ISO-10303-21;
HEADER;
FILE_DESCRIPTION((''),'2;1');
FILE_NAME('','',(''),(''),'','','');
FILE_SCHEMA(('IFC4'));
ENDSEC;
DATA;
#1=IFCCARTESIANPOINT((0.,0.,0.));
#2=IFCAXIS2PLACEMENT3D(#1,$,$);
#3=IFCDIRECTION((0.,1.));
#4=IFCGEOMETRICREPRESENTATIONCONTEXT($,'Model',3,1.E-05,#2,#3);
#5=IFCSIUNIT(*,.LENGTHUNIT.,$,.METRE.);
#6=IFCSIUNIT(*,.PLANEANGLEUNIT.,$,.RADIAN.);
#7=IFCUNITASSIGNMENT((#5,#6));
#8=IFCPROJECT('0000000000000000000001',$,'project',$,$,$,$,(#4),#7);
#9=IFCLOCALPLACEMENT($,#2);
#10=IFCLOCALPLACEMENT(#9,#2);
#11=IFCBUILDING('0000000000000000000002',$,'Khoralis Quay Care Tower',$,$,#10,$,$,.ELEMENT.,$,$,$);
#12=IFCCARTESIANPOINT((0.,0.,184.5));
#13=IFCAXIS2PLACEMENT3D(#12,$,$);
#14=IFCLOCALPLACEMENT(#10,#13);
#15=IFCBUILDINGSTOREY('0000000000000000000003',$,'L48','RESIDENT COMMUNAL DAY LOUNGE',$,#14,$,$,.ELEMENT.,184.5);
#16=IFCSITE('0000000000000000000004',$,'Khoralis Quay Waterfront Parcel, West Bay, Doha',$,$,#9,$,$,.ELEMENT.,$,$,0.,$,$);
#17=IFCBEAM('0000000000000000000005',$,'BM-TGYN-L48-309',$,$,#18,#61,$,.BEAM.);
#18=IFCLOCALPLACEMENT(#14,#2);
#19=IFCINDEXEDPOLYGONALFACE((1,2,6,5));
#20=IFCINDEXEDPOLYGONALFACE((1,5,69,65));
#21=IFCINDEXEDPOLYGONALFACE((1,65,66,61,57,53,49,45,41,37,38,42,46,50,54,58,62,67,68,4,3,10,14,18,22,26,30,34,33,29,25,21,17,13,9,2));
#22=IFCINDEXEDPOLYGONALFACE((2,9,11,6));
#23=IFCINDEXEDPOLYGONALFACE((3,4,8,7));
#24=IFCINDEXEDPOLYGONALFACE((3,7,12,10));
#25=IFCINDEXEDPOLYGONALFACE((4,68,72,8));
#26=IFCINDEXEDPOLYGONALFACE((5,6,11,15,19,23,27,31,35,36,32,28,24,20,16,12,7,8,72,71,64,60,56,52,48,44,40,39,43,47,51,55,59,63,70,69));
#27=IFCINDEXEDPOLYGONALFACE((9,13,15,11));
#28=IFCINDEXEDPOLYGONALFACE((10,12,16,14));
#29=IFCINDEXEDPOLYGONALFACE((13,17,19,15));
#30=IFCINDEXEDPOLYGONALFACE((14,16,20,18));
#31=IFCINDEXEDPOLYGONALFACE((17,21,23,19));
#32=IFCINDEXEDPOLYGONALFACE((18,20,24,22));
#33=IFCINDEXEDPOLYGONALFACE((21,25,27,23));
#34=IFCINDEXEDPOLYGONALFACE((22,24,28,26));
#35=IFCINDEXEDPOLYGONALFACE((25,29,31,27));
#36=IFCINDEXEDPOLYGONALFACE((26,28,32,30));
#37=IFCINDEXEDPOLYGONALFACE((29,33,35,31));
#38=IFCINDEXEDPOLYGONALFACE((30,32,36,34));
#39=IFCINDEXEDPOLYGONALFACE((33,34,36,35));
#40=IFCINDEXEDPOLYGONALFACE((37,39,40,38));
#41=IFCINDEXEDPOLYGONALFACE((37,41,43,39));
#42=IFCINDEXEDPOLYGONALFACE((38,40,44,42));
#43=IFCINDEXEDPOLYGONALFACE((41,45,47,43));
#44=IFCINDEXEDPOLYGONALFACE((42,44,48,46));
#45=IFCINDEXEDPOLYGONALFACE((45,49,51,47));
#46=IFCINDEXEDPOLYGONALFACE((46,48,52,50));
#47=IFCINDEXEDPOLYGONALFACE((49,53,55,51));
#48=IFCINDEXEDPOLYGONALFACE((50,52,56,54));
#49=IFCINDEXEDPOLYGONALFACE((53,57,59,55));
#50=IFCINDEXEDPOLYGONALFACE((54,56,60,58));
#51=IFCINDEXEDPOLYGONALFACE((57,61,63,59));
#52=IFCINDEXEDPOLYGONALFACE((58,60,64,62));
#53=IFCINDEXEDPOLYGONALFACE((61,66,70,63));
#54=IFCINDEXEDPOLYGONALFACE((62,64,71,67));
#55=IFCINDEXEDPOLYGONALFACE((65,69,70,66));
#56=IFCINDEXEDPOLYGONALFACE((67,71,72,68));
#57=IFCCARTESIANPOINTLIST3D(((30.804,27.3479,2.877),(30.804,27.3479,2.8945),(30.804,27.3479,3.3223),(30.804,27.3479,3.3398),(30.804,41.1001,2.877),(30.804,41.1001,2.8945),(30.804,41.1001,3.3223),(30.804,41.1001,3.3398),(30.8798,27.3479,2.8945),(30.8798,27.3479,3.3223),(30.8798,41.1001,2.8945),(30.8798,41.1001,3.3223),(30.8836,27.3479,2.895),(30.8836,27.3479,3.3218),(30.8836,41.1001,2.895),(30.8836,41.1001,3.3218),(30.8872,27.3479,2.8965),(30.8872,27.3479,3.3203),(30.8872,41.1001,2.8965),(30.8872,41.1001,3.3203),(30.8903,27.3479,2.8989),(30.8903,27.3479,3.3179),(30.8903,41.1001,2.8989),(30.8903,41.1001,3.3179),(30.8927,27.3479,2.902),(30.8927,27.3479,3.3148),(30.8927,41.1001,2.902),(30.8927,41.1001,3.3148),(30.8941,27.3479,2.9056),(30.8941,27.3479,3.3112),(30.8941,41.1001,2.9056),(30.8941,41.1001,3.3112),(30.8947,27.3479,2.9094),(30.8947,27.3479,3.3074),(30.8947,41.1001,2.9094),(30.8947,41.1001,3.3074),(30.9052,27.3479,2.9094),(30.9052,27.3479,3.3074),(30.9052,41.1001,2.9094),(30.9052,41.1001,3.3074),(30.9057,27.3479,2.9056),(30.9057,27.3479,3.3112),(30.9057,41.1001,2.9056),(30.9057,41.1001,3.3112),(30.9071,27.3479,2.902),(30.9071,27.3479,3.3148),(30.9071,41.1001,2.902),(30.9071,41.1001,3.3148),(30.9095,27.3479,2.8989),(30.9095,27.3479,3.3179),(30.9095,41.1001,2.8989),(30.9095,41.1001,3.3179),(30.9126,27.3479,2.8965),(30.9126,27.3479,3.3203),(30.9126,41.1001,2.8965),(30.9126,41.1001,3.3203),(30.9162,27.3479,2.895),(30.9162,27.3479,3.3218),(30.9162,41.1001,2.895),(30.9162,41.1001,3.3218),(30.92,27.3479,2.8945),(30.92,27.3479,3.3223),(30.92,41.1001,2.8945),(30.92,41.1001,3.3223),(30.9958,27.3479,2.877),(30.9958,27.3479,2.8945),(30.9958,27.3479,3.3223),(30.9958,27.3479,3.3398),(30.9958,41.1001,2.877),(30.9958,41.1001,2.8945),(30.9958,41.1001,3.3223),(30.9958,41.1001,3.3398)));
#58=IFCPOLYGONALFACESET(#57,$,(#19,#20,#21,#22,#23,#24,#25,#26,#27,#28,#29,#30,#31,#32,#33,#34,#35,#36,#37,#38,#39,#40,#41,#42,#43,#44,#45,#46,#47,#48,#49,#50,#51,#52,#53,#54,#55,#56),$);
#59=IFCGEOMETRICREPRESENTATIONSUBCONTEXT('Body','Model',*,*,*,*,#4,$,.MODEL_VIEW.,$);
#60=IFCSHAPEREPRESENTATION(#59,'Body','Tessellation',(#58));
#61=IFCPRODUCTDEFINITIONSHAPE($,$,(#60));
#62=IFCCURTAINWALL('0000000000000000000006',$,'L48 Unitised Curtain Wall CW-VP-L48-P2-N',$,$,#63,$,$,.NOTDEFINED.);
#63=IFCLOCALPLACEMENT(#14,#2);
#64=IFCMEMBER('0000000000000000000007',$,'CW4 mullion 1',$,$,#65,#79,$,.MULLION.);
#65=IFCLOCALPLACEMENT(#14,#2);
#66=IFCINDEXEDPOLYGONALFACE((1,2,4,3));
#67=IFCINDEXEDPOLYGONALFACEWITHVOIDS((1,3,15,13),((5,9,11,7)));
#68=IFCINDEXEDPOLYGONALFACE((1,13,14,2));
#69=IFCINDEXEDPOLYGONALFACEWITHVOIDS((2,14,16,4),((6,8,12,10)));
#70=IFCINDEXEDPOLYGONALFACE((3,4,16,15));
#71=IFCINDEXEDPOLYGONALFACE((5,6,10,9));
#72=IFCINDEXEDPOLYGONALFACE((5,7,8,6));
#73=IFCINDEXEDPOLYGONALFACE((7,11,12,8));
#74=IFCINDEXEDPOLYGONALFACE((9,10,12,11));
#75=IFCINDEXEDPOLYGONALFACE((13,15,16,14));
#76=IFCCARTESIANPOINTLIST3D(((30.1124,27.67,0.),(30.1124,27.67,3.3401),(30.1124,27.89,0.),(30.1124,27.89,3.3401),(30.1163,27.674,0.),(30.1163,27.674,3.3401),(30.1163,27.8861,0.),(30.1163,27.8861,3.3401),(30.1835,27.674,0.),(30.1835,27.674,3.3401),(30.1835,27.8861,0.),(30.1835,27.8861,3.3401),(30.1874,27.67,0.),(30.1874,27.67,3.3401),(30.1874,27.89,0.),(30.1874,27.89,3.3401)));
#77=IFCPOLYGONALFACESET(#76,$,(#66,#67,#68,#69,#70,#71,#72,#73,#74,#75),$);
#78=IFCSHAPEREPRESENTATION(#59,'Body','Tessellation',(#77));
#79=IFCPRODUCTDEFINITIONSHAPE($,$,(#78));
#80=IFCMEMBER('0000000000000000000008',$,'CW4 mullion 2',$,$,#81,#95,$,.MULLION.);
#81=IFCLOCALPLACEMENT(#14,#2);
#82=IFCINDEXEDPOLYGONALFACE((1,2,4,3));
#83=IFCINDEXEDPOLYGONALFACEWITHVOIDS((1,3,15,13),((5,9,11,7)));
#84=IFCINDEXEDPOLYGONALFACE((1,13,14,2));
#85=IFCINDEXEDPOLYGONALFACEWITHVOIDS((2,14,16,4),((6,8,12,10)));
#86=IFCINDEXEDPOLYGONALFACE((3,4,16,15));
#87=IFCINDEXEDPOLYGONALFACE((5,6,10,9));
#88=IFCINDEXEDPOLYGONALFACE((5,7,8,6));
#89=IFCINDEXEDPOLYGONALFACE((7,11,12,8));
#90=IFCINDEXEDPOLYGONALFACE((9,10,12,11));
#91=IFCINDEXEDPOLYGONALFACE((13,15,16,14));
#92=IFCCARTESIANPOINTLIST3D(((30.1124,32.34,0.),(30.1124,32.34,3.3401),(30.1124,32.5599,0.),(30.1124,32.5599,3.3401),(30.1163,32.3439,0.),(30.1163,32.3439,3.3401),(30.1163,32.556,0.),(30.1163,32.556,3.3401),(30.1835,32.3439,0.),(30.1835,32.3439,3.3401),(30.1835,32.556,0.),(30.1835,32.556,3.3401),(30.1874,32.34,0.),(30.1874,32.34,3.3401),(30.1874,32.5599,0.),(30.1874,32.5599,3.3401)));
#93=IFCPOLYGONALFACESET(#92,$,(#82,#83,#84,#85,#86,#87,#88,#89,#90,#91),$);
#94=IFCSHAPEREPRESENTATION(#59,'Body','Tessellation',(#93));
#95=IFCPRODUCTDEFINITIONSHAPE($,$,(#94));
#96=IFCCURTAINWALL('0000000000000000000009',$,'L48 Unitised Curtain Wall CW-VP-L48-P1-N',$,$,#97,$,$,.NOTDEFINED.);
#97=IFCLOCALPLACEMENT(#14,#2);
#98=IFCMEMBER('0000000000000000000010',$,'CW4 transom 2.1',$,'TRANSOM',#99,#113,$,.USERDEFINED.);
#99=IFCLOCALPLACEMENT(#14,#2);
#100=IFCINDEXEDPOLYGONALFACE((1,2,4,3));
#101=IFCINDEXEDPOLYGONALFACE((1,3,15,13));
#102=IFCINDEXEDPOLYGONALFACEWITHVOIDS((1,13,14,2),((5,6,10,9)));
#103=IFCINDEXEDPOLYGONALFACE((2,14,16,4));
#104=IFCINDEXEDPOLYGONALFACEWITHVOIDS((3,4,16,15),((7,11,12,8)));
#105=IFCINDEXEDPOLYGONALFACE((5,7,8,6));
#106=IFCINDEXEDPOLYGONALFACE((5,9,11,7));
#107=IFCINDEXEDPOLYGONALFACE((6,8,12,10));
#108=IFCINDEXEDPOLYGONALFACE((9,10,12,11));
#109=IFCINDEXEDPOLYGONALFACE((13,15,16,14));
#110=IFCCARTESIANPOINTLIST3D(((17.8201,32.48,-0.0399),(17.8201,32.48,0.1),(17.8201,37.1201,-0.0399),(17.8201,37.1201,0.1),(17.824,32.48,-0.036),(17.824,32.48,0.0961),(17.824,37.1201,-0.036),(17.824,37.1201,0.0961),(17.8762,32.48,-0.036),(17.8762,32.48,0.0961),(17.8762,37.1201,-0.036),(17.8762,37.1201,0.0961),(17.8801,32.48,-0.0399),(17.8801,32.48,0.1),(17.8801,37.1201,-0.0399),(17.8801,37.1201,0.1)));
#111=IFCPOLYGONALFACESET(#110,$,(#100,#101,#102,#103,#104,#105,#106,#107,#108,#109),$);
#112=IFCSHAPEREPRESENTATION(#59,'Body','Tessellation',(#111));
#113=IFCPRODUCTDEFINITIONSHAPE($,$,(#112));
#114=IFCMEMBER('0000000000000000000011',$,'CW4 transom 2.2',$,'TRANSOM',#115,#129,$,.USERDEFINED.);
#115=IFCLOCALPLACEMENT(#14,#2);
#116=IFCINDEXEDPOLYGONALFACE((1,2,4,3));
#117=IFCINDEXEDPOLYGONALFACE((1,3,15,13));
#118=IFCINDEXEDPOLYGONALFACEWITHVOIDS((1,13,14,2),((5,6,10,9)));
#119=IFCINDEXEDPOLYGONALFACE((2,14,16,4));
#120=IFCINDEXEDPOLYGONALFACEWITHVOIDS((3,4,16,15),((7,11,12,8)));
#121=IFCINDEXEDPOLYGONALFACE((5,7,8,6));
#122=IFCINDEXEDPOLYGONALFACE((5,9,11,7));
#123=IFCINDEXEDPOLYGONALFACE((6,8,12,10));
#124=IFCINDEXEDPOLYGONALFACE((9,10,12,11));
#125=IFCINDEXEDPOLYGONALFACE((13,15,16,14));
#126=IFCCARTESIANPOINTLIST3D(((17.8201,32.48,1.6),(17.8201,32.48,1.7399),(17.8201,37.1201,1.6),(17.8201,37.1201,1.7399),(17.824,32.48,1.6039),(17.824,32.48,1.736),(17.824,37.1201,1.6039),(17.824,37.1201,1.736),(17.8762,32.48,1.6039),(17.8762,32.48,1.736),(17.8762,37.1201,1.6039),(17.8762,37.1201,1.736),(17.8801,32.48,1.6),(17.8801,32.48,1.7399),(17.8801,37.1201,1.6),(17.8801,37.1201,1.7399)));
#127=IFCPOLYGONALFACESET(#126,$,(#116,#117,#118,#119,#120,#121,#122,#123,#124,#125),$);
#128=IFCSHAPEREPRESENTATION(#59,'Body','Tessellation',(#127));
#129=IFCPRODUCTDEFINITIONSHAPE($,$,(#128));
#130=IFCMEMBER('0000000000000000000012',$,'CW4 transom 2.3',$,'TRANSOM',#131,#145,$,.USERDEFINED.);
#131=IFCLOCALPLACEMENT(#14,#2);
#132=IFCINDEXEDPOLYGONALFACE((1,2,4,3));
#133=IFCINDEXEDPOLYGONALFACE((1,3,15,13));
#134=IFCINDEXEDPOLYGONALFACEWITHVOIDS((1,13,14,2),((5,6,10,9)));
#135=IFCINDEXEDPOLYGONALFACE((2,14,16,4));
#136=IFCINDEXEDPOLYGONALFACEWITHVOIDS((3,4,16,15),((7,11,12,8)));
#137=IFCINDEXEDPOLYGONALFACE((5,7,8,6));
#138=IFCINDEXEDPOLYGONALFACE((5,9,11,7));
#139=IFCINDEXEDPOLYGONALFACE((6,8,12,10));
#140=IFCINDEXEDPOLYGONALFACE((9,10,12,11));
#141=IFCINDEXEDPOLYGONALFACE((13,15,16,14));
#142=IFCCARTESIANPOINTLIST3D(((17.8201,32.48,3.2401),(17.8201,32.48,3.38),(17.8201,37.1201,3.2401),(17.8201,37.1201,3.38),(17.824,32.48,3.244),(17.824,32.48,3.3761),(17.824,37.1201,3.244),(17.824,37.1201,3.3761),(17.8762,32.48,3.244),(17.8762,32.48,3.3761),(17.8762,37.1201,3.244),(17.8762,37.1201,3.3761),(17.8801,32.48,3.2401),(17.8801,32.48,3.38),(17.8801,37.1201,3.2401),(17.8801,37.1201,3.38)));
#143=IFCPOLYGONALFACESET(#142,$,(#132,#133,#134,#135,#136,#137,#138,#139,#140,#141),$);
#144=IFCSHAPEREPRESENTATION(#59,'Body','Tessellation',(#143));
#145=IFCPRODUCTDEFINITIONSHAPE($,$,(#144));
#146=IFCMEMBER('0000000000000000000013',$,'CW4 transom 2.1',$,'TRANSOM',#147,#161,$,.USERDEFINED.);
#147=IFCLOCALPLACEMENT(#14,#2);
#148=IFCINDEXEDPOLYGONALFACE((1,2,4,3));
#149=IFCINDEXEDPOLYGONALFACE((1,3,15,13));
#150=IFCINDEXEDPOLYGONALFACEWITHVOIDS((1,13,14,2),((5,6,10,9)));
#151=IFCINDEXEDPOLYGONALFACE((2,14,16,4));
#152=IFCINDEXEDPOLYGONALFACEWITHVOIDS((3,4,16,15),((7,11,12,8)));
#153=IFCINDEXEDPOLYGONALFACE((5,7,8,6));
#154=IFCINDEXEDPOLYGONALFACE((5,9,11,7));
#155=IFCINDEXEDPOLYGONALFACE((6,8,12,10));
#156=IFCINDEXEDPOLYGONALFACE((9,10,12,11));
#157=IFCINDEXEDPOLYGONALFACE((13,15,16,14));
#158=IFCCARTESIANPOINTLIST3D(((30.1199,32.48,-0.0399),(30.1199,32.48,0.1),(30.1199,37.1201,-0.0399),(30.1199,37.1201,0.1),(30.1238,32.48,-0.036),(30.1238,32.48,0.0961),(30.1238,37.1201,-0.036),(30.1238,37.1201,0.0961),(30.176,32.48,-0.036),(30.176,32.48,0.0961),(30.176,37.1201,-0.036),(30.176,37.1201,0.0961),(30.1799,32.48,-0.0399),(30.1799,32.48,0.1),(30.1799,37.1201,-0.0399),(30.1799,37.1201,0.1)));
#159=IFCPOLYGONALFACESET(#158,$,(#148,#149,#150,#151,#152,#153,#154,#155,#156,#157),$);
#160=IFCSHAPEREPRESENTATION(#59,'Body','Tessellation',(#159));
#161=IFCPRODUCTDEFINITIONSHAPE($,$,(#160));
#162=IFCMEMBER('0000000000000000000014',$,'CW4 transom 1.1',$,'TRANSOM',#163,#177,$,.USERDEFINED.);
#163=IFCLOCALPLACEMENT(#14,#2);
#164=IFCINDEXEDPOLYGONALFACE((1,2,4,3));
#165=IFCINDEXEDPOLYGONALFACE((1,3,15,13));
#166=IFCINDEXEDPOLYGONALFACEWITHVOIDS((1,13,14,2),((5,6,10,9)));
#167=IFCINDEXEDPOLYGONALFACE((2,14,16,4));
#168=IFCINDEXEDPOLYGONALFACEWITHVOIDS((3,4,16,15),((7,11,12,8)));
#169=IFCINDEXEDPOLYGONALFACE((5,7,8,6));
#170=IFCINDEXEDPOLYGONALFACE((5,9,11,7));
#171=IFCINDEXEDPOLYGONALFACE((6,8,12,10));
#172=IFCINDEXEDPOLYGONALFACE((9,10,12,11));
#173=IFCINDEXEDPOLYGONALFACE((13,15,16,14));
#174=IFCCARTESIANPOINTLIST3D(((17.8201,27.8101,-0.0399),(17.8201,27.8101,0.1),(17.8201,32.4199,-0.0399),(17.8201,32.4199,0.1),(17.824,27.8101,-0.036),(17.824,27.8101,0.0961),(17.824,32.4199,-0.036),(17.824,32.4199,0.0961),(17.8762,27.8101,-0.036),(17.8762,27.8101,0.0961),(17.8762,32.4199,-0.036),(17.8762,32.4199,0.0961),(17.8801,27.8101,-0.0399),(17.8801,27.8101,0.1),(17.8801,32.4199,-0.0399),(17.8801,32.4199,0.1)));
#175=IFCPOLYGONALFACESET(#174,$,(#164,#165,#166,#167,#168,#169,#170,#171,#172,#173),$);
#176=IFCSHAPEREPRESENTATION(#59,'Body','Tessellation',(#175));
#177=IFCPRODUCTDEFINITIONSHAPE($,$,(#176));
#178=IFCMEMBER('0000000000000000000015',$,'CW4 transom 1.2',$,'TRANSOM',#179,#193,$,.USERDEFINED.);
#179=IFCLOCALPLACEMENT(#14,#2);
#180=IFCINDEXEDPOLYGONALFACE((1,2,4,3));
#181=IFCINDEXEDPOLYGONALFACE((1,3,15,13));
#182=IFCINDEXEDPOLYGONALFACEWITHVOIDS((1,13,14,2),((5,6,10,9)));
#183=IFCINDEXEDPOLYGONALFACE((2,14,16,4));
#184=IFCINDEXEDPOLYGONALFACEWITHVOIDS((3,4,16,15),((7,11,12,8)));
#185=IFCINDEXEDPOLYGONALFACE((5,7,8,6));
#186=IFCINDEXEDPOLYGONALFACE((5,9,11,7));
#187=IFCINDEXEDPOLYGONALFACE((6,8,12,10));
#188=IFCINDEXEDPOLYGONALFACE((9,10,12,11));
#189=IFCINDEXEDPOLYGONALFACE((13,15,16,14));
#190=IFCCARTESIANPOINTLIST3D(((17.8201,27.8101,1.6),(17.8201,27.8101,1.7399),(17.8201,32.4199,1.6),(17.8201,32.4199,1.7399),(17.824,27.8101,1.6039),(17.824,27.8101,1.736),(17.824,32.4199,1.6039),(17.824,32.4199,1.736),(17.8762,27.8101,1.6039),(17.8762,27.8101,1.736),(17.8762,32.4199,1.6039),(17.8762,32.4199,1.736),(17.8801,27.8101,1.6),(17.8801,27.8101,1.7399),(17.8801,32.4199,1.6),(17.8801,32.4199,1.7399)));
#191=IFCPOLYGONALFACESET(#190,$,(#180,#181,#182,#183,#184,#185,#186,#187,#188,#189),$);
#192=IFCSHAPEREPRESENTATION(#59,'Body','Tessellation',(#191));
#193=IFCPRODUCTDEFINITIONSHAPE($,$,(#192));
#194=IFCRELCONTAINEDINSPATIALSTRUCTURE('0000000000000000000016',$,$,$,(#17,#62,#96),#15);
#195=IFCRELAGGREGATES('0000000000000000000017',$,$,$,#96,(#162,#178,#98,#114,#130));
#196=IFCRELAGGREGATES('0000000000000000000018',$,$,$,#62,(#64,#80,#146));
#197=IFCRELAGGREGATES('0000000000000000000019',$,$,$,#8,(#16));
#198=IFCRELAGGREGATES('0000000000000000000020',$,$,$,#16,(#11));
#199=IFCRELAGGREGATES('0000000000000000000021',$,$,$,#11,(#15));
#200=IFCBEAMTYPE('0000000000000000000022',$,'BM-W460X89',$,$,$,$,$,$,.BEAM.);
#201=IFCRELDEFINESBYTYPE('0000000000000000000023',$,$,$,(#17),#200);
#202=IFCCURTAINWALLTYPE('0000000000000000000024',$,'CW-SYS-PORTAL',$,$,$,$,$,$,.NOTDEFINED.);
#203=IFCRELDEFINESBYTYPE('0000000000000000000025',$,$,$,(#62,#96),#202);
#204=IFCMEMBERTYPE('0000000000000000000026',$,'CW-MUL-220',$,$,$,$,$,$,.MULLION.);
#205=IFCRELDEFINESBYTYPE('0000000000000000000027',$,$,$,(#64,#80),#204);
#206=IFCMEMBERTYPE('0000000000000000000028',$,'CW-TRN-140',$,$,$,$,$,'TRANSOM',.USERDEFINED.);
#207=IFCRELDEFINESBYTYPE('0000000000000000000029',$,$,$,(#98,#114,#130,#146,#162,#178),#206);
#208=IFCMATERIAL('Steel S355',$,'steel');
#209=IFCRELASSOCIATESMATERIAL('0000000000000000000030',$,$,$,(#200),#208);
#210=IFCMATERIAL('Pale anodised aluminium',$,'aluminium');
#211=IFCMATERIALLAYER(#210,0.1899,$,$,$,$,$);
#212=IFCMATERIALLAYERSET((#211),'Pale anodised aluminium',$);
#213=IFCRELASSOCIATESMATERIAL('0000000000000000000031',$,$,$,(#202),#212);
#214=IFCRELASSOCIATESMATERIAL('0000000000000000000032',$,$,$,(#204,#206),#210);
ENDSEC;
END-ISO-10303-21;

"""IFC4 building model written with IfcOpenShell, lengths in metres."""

from ifc_helpers import new_model, si_unit, direction, frame, origin, origin_2d, place, context, subcontext, project, spatial, hollow_rectangle, i_section, extrude, source, transform, mapped, material, layer, layer_set, material_profile, profile_set, type_object, element, aggregate, save


model = new_model("IFC4")

# Units and contexts
model_context = context("Model", 3, precision=1e-05, world=origin(), true_north=direction((0.0, 1.0)))
body_context = subcontext(model_context, "Body", "Model", "MODEL_VIEW")
ifc_project = project(units=[si_unit("LENGTHUNIT", "METRE"), si_unit("PLANEANGLEUNIT", "RADIAN")], contexts=[model_context])

# Site, building, storey
site_placement = place(None, origin())
site = spatial("IfcSite", under=ifc_project, at=site_placement, Name="Khoralis Quay Waterfront Parcel, West Bay, Doha", CompositionType="ELEMENT", RefElevation=0.0)
building_placement = place(site_placement, origin())
building = spatial("IfcBuilding", under=site, at=building_placement, Name="Khoralis Quay Care Tower", CompositionType="ELEMENT")
storey_placement = place(building_placement, frame((0.0, 0.0, 184.5)))
storey = spatial("IfcBuildingStorey", under=building, at=storey_placement, Name="L48", Description="RESIDENT COMMUNAL DAY LOUNGE", CompositionType="ELEMENT", Elevation=184.5)

# Beam
ifc_material_1 = material(Name="Steel S355", Category="steel")
ifc_material_profile_1 = material_profile(ifc_material_1, i_section(OverallWidth=0.1919, OverallDepth=0.4629, WebThickness=0.0105, FlangeThickness=0.0176, FilletRadius=0.0149, at=origin_2d()), Name="Steel S355")
ifc_profile_set_1 = profile_set([ifc_material_profile_1], Name="Steel S355")
beam_type = type_object("IfcBeamType", Name="BM-W460X89", PredefinedType="BEAM", material=ifc_profile_set_1)
shared_shape_1 = source(origin(), body_context, "Body", "SweptSolid", [
    extrude(i_section(OverallWidth=0.1919, OverallDepth=0.4629, WebThickness=0.0105, FlangeThickness=0.0176, FilletRadius=0.0149, at=origin_2d()), origin(), (0.0, 0.0, 1.0), 13.7522),
])
beam_placement = place(storey_placement, frame((30.8999, 27.3479, 3.1084), z_axis=(0.0, 1.0, 0.0), x_axis=(-1.0, 0.0, 0.0)))
element("IfcBeam", 1, at=beam_placement, inside=storey, type_object=beam_type, Name="BM-TGYN-L48-309", PredefinedType="BEAM", context=body_context, shape_type="MappedRepresentation", body=[
    mapped(shared_shape_1, transform((0.0, 0.0, 0.0), scale=1.0)),
])

# Curtain walls, members
ifc_material_2 = material(Name="Pale anodised aluminium", Category="aluminium")
ifc_layer_1 = layer(ifc_material_2, 0.1899)
ifc_layer_set_1 = layer_set([ifc_layer_1], Name="Pale anodised aluminium")
curtain_wall_type = type_object("IfcCurtainWallType", Name="CW-SYS-PORTAL", PredefinedType="NOTDEFINED", material=ifc_layer_set_1)
curtain_wall_1_placement = place(storey_placement, origin())
curtain_wall_1 = element("IfcCurtainWall", 2, at=curtain_wall_1_placement, inside=storey, type_object=curtain_wall_type, Name="L48 Unitised Curtain Wall CW-VP-L48-P2-N", PredefinedType="NOTDEFINED")
ifc_material_profile_2 = material_profile(ifc_material_2, hollow_rectangle(XDim=0.075, YDim=0.22, WallThickness=0.0039, at=origin_2d()), Name="Pale anodised aluminium")
ifc_profile_set_2 = profile_set([ifc_material_profile_2], Name="Pale anodised aluminium")
member_type_1 = type_object("IfcMemberType", Name="CW-MUL-220", PredefinedType="MULLION", material=ifc_profile_set_2)
shared_shape_2 = source(origin(), body_context, "Body", "SweptSolid", [
    extrude(hollow_rectangle(XDim=0.075, YDim=0.22, WallThickness=0.0039, at=origin_2d()), origin(), (0.0, 0.0, 1.0), 3.3401),
])
member_1_placement = place(storey_placement, frame((30.1499, 27.78, 0.0), z_axis=(0.0, 0.0, 1.0), x_axis=(-1.0, 0.0, 0.0)))
member_1 = element("IfcMember", 3, at=member_1_placement, type_object=member_type_1, Name="CW4 mullion 1", PredefinedType="MULLION", context=body_context, shape_type="MappedRepresentation", body=[
    mapped(shared_shape_2, transform((0.0, 0.0, 0.0), scale=1.0)),
])
member_2_placement = place(storey_placement, frame((30.1499, 32.45, 0.0), z_axis=(0.0, 0.0, 1.0), x_axis=(-1.0, 0.0, 0.0)))
member_2 = element("IfcMember", 4, at=member_2_placement, type_object=member_type_1, Name="CW4 mullion 2", PredefinedType="MULLION", context=body_context, shape_type="MappedRepresentation", body=[
    mapped(shared_shape_2, transform((0.0, 0.0, 0.0), scale=1.0)),
])
curtain_wall_2_placement = place(storey_placement, origin())
curtain_wall_2 = element("IfcCurtainWall", 5, at=curtain_wall_2_placement, inside=storey, type_object=curtain_wall_type, Name="L48 Unitised Curtain Wall CW-VP-L48-P1-N", PredefinedType="NOTDEFINED")
ifc_material_profile_3 = material_profile(ifc_material_2, hollow_rectangle(XDim=0.0601, YDim=0.1399, WallThickness=0.0039, at=origin_2d()), Name="Pale anodised aluminium")
ifc_profile_set_3 = profile_set([ifc_material_profile_3], Name="Pale anodised aluminium")
member_type_2 = type_object("IfcMemberType", Name="CW-TRN-140", ElementType="TRANSOM", PredefinedType="USERDEFINED", material=ifc_profile_set_3)
shared_shape_3 = source(origin(), body_context, "Body", "SweptSolid", [
    extrude(hollow_rectangle(XDim=0.0601, YDim=0.1399, WallThickness=0.0039, at=origin_2d()), origin(), (0.0, 0.0, 1.0), 4.6401),
])
member_3_placement = place(storey_placement, frame((17.8501, 32.48, 0.03), z_axis=(0.0, 1.0, 0.0), x_axis=(-1.0, 0.0, 0.0)))
member_3 = element("IfcMember", 6, at=member_3_placement, type_object=member_type_2, Name="CW4 transom 2.1", ObjectType="TRANSOM", PredefinedType="USERDEFINED", context=body_context, shape_type="MappedRepresentation", body=[
    mapped(shared_shape_3, transform((0.0, 0.0, 0.0), scale=1.0)),
])
member_4_placement = place(storey_placement, frame((17.8501, 32.48, 1.6699), z_axis=(0.0, 1.0, 0.0), x_axis=(-1.0, 0.0, 0.0)))
member_4 = element("IfcMember", 7, at=member_4_placement, type_object=member_type_2, Name="CW4 transom 2.2", ObjectType="TRANSOM", PredefinedType="USERDEFINED", context=body_context, shape_type="MappedRepresentation", body=[
    mapped(shared_shape_3, transform((0.0, 0.0, 0.0), scale=1.0)),
])
member_5_placement = place(storey_placement, frame((17.8501, 32.48, 3.3101), z_axis=(0.0, 1.0, 0.0), x_axis=(-1.0, 0.0, 0.0)))
member_5 = element("IfcMember", 8, at=member_5_placement, type_object=member_type_2, Name="CW4 transom 2.3", ObjectType="TRANSOM", PredefinedType="USERDEFINED", context=body_context, shape_type="MappedRepresentation", body=[
    mapped(shared_shape_3, transform((0.0, 0.0, 0.0), scale=1.0)),
])

# Members
member_6_placement = place(storey_placement, frame((30.1499, 32.48, 0.03), z_axis=(0.0, 1.0, 0.0), x_axis=(-1.0, 0.0, 0.0)))
member_6 = element("IfcMember", 9, at=member_6_placement, type_object=member_type_2, Name="CW4 transom 2.1", ObjectType="TRANSOM", PredefinedType="USERDEFINED", context=body_context, shape_type="MappedRepresentation", body=[
    mapped(shared_shape_3, transform((0.0, 0.0, 0.0), scale=1.0)),
])
shared_shape_4 = source(origin(), body_context, "Body", "SweptSolid", [
    extrude(hollow_rectangle(XDim=0.0601, YDim=0.1399, WallThickness=0.0039, at=origin_2d()), origin(), (0.0, 0.0, 1.0), 4.6099),
])
member_7_placement = place(storey_placement, frame((17.8501, 27.8101, 0.03), z_axis=(0.0, 1.0, 0.0), x_axis=(-1.0, 0.0, 0.0)))
member_7 = element("IfcMember", 10, at=member_7_placement, type_object=member_type_2, Name="CW4 transom 1.1", ObjectType="TRANSOM", PredefinedType="USERDEFINED", context=body_context, shape_type="MappedRepresentation", body=[
    mapped(shared_shape_4, transform((0.0, 0.0, 0.0), scale=1.0)),
])
member_8_placement = place(storey_placement, frame((17.8501, 27.8101, 1.6699), z_axis=(0.0, 1.0, 0.0), x_axis=(-1.0, 0.0, 0.0)))
member_8 = element("IfcMember", 11, at=member_8_placement, type_object=member_type_2, Name="CW4 transom 1.2", ObjectType="TRANSOM", PredefinedType="USERDEFINED", context=body_context, shape_type="MappedRepresentation", body=[
    mapped(shared_shape_4, transform((0.0, 0.0, 0.0), scale=1.0)),
])

aggregate(curtain_wall_2, [member_7, member_8, member_3, member_4, member_5])
aggregate(curtain_wall_1, [member_1, member_2, member_6])

save(model, "model.ifc")
